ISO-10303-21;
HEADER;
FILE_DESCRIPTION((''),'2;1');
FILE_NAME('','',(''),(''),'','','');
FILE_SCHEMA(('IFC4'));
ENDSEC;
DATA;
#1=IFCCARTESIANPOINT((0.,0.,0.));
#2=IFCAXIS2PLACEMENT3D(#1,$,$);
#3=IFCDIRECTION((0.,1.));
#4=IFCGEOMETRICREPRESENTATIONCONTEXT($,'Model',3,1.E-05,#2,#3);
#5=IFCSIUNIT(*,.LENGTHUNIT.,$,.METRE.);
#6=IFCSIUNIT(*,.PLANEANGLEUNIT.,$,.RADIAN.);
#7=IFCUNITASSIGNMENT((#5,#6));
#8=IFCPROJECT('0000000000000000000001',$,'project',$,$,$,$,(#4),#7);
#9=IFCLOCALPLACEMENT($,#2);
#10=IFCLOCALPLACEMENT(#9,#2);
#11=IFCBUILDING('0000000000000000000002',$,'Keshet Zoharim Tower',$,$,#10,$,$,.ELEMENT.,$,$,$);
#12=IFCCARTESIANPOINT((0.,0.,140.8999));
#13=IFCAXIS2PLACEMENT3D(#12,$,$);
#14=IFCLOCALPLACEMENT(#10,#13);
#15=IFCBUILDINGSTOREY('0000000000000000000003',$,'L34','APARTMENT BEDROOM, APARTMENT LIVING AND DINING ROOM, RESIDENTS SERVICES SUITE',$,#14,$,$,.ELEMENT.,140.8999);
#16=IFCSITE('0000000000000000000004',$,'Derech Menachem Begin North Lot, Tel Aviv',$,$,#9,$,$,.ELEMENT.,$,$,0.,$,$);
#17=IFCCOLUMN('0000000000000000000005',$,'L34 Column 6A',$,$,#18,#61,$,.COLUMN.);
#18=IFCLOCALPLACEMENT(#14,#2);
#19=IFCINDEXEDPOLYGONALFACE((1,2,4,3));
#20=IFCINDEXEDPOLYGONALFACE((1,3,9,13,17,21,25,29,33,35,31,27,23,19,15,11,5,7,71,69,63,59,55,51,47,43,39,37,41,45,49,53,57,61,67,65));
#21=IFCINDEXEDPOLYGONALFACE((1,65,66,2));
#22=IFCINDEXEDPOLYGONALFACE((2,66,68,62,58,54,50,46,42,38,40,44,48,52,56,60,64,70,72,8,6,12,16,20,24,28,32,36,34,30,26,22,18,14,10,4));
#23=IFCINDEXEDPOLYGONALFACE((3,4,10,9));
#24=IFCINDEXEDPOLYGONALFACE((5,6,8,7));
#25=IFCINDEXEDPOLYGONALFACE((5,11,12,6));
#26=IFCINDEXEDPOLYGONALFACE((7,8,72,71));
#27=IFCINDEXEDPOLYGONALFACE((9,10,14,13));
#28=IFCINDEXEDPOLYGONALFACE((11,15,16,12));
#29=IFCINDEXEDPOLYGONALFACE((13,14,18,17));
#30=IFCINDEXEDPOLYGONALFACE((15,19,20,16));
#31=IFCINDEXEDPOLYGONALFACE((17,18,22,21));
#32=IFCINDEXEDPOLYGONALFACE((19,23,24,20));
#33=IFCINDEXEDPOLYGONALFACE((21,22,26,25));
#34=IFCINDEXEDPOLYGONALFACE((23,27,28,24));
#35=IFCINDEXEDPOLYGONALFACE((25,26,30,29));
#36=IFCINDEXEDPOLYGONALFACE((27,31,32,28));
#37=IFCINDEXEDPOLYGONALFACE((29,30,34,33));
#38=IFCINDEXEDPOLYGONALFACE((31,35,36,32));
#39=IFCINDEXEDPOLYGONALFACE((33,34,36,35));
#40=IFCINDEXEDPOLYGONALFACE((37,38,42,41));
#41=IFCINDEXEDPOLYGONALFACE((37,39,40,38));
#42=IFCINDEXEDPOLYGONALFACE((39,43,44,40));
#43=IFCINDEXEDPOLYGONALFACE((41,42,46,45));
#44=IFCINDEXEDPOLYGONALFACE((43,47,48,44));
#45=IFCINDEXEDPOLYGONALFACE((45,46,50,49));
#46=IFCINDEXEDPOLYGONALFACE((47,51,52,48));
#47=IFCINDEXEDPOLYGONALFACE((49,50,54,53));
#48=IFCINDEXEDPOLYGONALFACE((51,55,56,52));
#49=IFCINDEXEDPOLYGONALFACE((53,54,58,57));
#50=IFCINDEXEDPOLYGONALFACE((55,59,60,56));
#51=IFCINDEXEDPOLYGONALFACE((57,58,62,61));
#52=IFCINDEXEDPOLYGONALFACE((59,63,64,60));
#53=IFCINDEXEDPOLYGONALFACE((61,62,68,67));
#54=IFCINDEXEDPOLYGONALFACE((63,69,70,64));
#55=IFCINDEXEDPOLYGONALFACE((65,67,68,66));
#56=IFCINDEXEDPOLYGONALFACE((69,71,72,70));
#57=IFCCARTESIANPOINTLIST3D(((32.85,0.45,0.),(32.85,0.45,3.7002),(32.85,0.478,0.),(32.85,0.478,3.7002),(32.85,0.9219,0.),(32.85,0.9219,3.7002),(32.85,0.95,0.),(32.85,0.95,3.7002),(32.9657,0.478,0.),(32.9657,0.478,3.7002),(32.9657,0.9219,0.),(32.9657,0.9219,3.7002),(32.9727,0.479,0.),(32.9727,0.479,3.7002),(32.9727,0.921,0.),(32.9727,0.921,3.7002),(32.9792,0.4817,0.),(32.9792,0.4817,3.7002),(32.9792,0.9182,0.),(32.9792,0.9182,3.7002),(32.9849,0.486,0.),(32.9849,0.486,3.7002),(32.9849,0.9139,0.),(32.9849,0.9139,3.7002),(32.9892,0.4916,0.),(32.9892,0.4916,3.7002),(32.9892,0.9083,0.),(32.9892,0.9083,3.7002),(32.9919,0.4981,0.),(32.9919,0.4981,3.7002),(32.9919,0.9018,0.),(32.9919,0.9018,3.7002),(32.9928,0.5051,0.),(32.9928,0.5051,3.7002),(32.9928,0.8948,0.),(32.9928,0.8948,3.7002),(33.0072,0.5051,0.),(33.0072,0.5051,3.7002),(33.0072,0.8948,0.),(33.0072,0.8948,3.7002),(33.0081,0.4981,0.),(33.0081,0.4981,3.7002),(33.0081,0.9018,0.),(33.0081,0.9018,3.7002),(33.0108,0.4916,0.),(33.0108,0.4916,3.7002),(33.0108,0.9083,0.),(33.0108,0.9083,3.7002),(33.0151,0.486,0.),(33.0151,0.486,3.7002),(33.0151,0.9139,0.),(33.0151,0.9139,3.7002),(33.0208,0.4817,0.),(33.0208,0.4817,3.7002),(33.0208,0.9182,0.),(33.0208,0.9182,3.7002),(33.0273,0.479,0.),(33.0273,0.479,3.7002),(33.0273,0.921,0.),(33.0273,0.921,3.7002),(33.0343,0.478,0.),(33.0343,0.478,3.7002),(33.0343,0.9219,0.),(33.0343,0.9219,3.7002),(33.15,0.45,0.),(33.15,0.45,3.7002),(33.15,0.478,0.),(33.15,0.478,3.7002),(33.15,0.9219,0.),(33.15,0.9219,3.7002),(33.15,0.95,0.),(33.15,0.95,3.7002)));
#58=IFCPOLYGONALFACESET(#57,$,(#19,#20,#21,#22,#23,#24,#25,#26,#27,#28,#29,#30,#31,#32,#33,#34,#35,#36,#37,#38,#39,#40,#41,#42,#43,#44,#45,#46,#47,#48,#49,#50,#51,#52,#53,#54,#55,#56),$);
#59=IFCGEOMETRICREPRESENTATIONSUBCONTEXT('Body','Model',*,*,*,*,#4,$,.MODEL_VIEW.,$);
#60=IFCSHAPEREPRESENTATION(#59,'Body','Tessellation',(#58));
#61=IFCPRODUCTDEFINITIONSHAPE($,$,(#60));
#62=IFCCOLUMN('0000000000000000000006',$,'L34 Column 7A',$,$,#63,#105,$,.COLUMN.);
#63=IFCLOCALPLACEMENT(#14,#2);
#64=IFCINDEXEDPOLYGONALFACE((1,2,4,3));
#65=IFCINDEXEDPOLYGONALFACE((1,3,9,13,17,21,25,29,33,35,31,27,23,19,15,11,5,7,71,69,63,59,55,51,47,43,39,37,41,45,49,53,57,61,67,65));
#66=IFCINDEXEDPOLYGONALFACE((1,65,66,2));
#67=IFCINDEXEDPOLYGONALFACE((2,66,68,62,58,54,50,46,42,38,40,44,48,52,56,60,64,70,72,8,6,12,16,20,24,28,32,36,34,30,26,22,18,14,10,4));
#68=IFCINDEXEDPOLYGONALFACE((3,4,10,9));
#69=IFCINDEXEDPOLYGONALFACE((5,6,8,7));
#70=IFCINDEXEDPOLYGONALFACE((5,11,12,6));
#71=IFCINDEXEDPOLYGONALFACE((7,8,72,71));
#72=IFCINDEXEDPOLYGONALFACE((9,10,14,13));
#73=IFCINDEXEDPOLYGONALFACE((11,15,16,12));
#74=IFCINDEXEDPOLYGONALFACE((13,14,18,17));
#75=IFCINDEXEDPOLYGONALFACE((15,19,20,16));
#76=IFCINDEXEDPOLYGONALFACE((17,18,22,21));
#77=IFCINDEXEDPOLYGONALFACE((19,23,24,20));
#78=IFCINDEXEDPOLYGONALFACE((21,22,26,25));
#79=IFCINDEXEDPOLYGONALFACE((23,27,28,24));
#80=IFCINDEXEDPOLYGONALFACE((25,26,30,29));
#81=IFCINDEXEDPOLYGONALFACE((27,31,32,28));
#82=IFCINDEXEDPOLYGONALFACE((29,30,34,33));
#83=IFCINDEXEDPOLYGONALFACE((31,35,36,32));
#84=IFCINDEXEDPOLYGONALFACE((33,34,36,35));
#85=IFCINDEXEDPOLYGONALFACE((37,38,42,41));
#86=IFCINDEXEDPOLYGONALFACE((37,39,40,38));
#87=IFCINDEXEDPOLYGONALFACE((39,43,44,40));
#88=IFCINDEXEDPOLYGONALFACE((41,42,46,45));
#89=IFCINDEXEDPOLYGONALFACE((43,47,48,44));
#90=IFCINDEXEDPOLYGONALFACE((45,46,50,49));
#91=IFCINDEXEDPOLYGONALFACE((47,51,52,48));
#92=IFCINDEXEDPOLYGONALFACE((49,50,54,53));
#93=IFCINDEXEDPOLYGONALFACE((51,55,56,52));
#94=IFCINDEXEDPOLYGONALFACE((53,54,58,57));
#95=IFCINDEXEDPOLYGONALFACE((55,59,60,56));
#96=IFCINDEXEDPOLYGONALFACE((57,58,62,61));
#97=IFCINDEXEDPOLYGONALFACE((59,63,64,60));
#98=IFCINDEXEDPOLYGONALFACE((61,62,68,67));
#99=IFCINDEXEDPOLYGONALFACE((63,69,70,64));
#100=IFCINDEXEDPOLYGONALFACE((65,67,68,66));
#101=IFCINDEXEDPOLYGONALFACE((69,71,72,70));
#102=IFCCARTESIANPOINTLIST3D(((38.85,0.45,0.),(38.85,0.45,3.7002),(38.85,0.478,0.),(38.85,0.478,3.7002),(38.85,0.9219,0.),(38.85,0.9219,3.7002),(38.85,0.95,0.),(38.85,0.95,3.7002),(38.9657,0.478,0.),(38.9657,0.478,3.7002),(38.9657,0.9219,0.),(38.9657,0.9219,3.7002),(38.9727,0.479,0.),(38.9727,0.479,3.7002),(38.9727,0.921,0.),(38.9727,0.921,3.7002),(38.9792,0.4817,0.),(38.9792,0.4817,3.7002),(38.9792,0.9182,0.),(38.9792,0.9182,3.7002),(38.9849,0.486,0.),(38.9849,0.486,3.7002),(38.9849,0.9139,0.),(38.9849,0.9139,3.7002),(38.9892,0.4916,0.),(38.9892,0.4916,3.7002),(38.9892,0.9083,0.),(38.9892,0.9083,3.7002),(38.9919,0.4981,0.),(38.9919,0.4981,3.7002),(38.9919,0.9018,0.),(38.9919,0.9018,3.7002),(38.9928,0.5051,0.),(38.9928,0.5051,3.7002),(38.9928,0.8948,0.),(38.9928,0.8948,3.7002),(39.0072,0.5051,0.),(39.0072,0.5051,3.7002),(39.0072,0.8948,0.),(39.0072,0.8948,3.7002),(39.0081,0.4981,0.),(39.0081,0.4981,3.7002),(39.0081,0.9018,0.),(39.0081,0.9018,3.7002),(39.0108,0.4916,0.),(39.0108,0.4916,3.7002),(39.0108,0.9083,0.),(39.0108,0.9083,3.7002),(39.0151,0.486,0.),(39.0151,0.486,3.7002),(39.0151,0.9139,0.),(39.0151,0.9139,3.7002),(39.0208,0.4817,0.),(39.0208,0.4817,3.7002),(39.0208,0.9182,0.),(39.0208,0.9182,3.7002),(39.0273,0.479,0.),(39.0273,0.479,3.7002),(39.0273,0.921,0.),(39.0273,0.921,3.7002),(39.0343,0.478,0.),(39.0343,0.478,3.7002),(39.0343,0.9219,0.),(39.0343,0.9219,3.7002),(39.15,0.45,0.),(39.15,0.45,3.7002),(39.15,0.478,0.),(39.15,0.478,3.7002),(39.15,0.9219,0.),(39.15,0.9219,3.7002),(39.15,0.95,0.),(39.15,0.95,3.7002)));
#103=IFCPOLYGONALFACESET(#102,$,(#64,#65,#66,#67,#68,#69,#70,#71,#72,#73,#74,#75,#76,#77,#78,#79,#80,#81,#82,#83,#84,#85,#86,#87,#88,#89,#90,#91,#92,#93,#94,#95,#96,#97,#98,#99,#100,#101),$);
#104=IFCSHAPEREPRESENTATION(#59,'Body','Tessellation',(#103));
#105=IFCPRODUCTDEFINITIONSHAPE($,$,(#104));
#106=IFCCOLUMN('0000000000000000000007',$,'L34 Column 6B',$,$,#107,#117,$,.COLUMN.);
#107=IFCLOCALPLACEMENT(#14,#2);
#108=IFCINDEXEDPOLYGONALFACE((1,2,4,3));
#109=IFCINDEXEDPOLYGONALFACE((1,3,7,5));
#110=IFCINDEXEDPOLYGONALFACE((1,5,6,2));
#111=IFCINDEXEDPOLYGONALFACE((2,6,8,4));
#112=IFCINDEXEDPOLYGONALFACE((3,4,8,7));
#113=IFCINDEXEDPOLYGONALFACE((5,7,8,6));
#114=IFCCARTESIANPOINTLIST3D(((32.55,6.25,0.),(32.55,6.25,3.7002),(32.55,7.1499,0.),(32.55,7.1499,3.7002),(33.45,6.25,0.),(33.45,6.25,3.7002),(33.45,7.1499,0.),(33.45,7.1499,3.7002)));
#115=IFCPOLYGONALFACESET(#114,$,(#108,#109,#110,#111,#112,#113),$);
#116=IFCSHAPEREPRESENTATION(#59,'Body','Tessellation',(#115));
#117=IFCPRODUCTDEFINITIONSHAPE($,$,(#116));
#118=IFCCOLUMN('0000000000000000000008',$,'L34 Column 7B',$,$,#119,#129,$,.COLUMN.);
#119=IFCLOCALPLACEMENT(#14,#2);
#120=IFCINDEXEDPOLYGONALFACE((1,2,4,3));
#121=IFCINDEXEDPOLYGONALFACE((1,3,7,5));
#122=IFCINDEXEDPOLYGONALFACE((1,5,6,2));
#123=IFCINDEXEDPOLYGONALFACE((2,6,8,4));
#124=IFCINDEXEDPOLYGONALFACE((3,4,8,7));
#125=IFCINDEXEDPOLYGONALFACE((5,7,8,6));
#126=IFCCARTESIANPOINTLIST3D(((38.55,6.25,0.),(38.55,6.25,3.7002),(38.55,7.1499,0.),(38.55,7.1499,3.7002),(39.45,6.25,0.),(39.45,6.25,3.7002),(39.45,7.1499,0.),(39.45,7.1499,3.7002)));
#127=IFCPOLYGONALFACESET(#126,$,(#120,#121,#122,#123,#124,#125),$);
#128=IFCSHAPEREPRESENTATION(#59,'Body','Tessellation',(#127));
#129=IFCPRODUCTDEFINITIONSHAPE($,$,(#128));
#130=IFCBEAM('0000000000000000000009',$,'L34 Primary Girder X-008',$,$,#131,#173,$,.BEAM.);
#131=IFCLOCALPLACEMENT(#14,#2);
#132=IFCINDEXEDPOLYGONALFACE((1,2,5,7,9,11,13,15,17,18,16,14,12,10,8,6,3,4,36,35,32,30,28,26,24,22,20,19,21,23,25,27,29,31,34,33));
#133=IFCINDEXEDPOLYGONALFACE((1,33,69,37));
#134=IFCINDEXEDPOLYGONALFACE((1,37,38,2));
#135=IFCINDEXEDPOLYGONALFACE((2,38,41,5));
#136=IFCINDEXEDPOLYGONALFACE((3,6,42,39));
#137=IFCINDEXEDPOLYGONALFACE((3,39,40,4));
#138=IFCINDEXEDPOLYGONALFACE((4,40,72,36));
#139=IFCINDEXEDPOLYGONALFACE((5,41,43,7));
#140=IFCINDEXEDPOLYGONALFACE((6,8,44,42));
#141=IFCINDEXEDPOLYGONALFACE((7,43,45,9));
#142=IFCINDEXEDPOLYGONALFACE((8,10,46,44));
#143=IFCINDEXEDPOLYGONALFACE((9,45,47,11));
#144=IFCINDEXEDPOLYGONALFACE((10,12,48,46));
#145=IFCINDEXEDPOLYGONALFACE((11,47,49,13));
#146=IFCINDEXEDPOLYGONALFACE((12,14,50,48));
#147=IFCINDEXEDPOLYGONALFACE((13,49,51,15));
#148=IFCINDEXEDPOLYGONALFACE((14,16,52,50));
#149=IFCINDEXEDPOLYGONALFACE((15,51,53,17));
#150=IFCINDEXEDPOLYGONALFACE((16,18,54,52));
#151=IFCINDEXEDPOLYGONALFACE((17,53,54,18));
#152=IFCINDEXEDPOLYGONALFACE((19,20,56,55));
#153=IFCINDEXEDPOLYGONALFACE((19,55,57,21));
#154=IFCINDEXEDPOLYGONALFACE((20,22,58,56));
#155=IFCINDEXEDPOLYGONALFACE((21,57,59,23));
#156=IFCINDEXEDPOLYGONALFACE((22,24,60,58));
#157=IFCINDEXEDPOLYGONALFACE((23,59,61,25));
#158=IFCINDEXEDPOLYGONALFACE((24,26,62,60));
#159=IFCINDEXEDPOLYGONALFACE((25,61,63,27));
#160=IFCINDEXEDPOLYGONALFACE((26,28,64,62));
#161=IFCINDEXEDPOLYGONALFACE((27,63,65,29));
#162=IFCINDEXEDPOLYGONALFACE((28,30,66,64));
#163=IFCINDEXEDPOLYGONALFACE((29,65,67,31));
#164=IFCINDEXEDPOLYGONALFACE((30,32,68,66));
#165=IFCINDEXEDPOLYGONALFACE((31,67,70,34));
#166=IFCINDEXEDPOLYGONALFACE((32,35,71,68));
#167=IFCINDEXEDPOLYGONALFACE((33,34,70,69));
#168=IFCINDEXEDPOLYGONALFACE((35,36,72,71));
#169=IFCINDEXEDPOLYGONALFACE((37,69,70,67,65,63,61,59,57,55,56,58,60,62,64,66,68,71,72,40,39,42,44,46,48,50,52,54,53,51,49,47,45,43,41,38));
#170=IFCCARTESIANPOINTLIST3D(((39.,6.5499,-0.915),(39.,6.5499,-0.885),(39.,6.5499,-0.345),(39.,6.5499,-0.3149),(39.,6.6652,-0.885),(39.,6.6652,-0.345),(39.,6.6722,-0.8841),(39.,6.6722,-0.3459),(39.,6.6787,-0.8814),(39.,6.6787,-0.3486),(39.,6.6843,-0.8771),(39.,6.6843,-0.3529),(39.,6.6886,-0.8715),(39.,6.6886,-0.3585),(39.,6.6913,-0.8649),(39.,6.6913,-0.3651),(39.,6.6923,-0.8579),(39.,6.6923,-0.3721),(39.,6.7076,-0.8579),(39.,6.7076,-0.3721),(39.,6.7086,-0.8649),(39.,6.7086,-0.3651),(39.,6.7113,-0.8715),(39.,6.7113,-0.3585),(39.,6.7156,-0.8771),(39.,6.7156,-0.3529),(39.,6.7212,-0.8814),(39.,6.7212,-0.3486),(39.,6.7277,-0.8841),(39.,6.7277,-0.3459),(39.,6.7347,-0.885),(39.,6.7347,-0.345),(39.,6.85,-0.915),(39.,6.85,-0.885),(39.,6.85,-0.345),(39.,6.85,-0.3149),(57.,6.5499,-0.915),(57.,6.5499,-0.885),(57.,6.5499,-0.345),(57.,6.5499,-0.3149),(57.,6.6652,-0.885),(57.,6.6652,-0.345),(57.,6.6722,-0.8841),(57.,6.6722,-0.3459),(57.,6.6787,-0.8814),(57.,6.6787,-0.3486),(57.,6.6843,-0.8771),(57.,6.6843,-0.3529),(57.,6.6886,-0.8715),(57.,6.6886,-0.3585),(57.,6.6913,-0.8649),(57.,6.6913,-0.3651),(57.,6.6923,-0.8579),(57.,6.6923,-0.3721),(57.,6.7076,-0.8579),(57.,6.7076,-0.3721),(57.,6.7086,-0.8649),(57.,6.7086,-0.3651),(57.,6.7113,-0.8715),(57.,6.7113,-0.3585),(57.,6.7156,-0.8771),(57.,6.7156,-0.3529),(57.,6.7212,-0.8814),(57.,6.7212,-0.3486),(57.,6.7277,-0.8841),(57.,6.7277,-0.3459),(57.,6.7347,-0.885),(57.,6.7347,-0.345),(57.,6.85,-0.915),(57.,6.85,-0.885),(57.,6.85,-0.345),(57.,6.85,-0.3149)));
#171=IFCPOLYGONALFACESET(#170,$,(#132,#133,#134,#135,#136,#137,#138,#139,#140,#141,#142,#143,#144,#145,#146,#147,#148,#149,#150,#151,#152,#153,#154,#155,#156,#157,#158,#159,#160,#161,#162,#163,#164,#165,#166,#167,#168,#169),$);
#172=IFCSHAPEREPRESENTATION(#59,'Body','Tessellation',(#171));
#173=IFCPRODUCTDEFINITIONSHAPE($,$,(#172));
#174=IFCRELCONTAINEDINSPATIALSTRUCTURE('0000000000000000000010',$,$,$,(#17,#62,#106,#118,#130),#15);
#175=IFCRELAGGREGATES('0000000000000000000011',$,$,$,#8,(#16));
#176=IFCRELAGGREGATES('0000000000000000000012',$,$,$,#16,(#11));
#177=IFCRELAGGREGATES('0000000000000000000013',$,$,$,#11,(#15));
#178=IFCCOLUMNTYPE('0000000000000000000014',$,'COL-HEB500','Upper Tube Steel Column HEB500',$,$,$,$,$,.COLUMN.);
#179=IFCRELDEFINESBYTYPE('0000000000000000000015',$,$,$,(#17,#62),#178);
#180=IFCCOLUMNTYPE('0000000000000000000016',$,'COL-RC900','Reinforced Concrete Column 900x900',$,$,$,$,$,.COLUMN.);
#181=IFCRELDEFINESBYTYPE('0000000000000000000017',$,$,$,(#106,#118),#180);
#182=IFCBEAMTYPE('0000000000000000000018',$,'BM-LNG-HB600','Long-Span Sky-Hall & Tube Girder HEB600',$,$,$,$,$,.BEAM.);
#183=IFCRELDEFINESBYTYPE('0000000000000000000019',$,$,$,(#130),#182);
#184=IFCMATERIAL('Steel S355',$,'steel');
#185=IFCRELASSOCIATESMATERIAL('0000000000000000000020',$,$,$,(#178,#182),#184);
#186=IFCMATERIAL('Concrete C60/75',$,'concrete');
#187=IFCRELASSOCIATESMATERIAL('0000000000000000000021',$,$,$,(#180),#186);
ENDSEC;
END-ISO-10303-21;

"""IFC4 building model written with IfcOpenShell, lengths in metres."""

from ifc_helpers import new_model, si_unit, direction, frame, origin, origin_2d, place, context, subcontext, project, spatial, rectangle, i_section, extrude, material, material_profile, profile_set, type_object, element, save


model = new_model("IFC4")

# Units and contexts
model_context = context("Model", 3, precision=1e-05, world=origin(), true_north=direction((0.0, 1.0)))
body_context = subcontext(model_context, "Body", "Model", "MODEL_VIEW")
ifc_project = project(units=[si_unit("LENGTHUNIT", "METRE"), si_unit("PLANEANGLEUNIT", "RADIAN")], contexts=[model_context])

# Site, building, storey
site_placement = place(None, origin())
site = spatial("IfcSite", under=ifc_project, at=site_placement, Name="Derech Menachem Begin North Lot, Tel Aviv", CompositionType="ELEMENT", RefElevation=0.0)
building_placement = place(site_placement, origin())
building = spatial("IfcBuilding", under=site, at=building_placement, Name="Keshet Zoharim Tower", CompositionType="ELEMENT")
storey_placement = place(building_placement, frame((0.0, 0.0, 140.8999)))
storey = spatial("IfcBuildingStorey", under=building, at=storey_placement, Name="L34", Description="APARTMENT BEDROOM, APARTMENT LIVING AND DINING ROOM, RESIDENTS SERVICES SUITE", CompositionType="ELEMENT", Elevation=140.8999)

# Columns
ifc_material_1 = material(Name="Steel S355", Category="steel")
ifc_material_profile_1 = material_profile(ifc_material_1, i_section(OverallWidth=0.3, OverallDepth=0.5, WebThickness=0.0144, FlangeThickness=0.0281, FilletRadius=0.0271, at=origin_2d()), Name="HEB500")
ifc_profile_set_1 = profile_set([ifc_material_profile_1], Name="Steel S355")
column_type_1 = type_object("IfcColumnType", Name="COL-HEB500", Description="Upper Tube Steel Column HEB500", PredefinedType="COLUMN", material=ifc_profile_set_1)
for number, where, z_axis, x_axis, name in (
    (1, (33.0, 0.7, 0.0), (0.0, 0.0, 1.0), (1.0, 0.0, 0.0), "L34 Column 6A"),
    (2, (39.0, 0.7, 0.0), (0.0, 0.0, 1.0), (1.0, 0.0, 0.0), "L34 Column 7A"),
):
    element("IfcColumn", number, at=place(storey_placement, frame(where, z_axis=z_axis, x_axis=x_axis)), inside=storey, type_object=column_type_1, Name=name, PredefinedType="COLUMN", context=body_context, shape_type="SweptSolid", body=[
        extrude(i_section(OverallWidth=0.3, OverallDepth=0.5, WebThickness=0.0144, FlangeThickness=0.0281, FilletRadius=0.0271, at=origin_2d()), origin(), (0.0, 0.0, 1.0), 3.7002),
    ])
ifc_material_2 = material(Name="Concrete C60/75", Category="concrete")
ifc_material_profile_2 = material_profile(ifc_material_2, rectangle(XDim=0.8999, YDim=0.8999, at=origin_2d()), Name="RC900x900")
ifc_profile_set_2 = profile_set([ifc_material_profile_2], Name="Concrete C60/75")
column_type_2 = type_object("IfcColumnType", Name="COL-RC900", Description="Reinforced Concrete Column 900x900", PredefinedType="COLUMN", material=ifc_profile_set_2)
for number, where, z_axis, x_axis, name in (
    (3, (33.0, 6.7, 0.0), (0.0, 0.0, 1.0), (1.0, 0.0, 0.0), "L34 Column 6B"),
    (4, (39.0, 6.7, 0.0), (0.0, 0.0, 1.0), (1.0, 0.0, 0.0), "L34 Column 7B"),
):
    element("IfcColumn", number, at=place(storey_placement, frame(where, z_axis=z_axis, x_axis=x_axis)), inside=storey, type_object=column_type_2, Name=name, PredefinedType="COLUMN", context=body_context, shape_type="SweptSolid", body=[
        extrude(rectangle(XDim=0.8999, YDim=0.8999, at=origin_2d()), origin(), (0.0, 0.0, 1.0), 3.7002),
    ])

# Beam
ifc_material_profile_3 = material_profile(ifc_material_1, i_section(OverallWidth=0.3, OverallDepth=0.6001, WebThickness=0.0154, FlangeThickness=0.03, FilletRadius=0.0271, at=origin_2d()), Name="HEB600")
ifc_profile_set_3 = profile_set([ifc_material_profile_3], Name="Steel S355")
beam_type_1 = type_object("IfcBeamType", Name="BM-LNG-HB600", Description="Long-Span Sky-Hall & Tube Girder HEB600", PredefinedType="BEAM", material=ifc_profile_set_3)
beam_placement = place(storey_placement, frame((39.0, 6.7, -0.615), z_axis=(1.0, 0.0, 0.0), x_axis=(0.0, 1.0, 0.0)))
element("IfcBeam", 5, at=beam_placement, inside=storey, type_object=beam_type_1, Name="L34 Primary Girder X-008", PredefinedType="BEAM", context=body_context, shape_type="SweptSolid", body=[
    extrude(i_section(OverallWidth=0.3, OverallDepth=0.6001, WebThickness=0.0154, FlangeThickness=0.03, FilletRadius=0.0271, at=origin_2d()), origin(), (0.0, 0.0, 1.0), 18.0),
])

save(model, "model.ifc")
